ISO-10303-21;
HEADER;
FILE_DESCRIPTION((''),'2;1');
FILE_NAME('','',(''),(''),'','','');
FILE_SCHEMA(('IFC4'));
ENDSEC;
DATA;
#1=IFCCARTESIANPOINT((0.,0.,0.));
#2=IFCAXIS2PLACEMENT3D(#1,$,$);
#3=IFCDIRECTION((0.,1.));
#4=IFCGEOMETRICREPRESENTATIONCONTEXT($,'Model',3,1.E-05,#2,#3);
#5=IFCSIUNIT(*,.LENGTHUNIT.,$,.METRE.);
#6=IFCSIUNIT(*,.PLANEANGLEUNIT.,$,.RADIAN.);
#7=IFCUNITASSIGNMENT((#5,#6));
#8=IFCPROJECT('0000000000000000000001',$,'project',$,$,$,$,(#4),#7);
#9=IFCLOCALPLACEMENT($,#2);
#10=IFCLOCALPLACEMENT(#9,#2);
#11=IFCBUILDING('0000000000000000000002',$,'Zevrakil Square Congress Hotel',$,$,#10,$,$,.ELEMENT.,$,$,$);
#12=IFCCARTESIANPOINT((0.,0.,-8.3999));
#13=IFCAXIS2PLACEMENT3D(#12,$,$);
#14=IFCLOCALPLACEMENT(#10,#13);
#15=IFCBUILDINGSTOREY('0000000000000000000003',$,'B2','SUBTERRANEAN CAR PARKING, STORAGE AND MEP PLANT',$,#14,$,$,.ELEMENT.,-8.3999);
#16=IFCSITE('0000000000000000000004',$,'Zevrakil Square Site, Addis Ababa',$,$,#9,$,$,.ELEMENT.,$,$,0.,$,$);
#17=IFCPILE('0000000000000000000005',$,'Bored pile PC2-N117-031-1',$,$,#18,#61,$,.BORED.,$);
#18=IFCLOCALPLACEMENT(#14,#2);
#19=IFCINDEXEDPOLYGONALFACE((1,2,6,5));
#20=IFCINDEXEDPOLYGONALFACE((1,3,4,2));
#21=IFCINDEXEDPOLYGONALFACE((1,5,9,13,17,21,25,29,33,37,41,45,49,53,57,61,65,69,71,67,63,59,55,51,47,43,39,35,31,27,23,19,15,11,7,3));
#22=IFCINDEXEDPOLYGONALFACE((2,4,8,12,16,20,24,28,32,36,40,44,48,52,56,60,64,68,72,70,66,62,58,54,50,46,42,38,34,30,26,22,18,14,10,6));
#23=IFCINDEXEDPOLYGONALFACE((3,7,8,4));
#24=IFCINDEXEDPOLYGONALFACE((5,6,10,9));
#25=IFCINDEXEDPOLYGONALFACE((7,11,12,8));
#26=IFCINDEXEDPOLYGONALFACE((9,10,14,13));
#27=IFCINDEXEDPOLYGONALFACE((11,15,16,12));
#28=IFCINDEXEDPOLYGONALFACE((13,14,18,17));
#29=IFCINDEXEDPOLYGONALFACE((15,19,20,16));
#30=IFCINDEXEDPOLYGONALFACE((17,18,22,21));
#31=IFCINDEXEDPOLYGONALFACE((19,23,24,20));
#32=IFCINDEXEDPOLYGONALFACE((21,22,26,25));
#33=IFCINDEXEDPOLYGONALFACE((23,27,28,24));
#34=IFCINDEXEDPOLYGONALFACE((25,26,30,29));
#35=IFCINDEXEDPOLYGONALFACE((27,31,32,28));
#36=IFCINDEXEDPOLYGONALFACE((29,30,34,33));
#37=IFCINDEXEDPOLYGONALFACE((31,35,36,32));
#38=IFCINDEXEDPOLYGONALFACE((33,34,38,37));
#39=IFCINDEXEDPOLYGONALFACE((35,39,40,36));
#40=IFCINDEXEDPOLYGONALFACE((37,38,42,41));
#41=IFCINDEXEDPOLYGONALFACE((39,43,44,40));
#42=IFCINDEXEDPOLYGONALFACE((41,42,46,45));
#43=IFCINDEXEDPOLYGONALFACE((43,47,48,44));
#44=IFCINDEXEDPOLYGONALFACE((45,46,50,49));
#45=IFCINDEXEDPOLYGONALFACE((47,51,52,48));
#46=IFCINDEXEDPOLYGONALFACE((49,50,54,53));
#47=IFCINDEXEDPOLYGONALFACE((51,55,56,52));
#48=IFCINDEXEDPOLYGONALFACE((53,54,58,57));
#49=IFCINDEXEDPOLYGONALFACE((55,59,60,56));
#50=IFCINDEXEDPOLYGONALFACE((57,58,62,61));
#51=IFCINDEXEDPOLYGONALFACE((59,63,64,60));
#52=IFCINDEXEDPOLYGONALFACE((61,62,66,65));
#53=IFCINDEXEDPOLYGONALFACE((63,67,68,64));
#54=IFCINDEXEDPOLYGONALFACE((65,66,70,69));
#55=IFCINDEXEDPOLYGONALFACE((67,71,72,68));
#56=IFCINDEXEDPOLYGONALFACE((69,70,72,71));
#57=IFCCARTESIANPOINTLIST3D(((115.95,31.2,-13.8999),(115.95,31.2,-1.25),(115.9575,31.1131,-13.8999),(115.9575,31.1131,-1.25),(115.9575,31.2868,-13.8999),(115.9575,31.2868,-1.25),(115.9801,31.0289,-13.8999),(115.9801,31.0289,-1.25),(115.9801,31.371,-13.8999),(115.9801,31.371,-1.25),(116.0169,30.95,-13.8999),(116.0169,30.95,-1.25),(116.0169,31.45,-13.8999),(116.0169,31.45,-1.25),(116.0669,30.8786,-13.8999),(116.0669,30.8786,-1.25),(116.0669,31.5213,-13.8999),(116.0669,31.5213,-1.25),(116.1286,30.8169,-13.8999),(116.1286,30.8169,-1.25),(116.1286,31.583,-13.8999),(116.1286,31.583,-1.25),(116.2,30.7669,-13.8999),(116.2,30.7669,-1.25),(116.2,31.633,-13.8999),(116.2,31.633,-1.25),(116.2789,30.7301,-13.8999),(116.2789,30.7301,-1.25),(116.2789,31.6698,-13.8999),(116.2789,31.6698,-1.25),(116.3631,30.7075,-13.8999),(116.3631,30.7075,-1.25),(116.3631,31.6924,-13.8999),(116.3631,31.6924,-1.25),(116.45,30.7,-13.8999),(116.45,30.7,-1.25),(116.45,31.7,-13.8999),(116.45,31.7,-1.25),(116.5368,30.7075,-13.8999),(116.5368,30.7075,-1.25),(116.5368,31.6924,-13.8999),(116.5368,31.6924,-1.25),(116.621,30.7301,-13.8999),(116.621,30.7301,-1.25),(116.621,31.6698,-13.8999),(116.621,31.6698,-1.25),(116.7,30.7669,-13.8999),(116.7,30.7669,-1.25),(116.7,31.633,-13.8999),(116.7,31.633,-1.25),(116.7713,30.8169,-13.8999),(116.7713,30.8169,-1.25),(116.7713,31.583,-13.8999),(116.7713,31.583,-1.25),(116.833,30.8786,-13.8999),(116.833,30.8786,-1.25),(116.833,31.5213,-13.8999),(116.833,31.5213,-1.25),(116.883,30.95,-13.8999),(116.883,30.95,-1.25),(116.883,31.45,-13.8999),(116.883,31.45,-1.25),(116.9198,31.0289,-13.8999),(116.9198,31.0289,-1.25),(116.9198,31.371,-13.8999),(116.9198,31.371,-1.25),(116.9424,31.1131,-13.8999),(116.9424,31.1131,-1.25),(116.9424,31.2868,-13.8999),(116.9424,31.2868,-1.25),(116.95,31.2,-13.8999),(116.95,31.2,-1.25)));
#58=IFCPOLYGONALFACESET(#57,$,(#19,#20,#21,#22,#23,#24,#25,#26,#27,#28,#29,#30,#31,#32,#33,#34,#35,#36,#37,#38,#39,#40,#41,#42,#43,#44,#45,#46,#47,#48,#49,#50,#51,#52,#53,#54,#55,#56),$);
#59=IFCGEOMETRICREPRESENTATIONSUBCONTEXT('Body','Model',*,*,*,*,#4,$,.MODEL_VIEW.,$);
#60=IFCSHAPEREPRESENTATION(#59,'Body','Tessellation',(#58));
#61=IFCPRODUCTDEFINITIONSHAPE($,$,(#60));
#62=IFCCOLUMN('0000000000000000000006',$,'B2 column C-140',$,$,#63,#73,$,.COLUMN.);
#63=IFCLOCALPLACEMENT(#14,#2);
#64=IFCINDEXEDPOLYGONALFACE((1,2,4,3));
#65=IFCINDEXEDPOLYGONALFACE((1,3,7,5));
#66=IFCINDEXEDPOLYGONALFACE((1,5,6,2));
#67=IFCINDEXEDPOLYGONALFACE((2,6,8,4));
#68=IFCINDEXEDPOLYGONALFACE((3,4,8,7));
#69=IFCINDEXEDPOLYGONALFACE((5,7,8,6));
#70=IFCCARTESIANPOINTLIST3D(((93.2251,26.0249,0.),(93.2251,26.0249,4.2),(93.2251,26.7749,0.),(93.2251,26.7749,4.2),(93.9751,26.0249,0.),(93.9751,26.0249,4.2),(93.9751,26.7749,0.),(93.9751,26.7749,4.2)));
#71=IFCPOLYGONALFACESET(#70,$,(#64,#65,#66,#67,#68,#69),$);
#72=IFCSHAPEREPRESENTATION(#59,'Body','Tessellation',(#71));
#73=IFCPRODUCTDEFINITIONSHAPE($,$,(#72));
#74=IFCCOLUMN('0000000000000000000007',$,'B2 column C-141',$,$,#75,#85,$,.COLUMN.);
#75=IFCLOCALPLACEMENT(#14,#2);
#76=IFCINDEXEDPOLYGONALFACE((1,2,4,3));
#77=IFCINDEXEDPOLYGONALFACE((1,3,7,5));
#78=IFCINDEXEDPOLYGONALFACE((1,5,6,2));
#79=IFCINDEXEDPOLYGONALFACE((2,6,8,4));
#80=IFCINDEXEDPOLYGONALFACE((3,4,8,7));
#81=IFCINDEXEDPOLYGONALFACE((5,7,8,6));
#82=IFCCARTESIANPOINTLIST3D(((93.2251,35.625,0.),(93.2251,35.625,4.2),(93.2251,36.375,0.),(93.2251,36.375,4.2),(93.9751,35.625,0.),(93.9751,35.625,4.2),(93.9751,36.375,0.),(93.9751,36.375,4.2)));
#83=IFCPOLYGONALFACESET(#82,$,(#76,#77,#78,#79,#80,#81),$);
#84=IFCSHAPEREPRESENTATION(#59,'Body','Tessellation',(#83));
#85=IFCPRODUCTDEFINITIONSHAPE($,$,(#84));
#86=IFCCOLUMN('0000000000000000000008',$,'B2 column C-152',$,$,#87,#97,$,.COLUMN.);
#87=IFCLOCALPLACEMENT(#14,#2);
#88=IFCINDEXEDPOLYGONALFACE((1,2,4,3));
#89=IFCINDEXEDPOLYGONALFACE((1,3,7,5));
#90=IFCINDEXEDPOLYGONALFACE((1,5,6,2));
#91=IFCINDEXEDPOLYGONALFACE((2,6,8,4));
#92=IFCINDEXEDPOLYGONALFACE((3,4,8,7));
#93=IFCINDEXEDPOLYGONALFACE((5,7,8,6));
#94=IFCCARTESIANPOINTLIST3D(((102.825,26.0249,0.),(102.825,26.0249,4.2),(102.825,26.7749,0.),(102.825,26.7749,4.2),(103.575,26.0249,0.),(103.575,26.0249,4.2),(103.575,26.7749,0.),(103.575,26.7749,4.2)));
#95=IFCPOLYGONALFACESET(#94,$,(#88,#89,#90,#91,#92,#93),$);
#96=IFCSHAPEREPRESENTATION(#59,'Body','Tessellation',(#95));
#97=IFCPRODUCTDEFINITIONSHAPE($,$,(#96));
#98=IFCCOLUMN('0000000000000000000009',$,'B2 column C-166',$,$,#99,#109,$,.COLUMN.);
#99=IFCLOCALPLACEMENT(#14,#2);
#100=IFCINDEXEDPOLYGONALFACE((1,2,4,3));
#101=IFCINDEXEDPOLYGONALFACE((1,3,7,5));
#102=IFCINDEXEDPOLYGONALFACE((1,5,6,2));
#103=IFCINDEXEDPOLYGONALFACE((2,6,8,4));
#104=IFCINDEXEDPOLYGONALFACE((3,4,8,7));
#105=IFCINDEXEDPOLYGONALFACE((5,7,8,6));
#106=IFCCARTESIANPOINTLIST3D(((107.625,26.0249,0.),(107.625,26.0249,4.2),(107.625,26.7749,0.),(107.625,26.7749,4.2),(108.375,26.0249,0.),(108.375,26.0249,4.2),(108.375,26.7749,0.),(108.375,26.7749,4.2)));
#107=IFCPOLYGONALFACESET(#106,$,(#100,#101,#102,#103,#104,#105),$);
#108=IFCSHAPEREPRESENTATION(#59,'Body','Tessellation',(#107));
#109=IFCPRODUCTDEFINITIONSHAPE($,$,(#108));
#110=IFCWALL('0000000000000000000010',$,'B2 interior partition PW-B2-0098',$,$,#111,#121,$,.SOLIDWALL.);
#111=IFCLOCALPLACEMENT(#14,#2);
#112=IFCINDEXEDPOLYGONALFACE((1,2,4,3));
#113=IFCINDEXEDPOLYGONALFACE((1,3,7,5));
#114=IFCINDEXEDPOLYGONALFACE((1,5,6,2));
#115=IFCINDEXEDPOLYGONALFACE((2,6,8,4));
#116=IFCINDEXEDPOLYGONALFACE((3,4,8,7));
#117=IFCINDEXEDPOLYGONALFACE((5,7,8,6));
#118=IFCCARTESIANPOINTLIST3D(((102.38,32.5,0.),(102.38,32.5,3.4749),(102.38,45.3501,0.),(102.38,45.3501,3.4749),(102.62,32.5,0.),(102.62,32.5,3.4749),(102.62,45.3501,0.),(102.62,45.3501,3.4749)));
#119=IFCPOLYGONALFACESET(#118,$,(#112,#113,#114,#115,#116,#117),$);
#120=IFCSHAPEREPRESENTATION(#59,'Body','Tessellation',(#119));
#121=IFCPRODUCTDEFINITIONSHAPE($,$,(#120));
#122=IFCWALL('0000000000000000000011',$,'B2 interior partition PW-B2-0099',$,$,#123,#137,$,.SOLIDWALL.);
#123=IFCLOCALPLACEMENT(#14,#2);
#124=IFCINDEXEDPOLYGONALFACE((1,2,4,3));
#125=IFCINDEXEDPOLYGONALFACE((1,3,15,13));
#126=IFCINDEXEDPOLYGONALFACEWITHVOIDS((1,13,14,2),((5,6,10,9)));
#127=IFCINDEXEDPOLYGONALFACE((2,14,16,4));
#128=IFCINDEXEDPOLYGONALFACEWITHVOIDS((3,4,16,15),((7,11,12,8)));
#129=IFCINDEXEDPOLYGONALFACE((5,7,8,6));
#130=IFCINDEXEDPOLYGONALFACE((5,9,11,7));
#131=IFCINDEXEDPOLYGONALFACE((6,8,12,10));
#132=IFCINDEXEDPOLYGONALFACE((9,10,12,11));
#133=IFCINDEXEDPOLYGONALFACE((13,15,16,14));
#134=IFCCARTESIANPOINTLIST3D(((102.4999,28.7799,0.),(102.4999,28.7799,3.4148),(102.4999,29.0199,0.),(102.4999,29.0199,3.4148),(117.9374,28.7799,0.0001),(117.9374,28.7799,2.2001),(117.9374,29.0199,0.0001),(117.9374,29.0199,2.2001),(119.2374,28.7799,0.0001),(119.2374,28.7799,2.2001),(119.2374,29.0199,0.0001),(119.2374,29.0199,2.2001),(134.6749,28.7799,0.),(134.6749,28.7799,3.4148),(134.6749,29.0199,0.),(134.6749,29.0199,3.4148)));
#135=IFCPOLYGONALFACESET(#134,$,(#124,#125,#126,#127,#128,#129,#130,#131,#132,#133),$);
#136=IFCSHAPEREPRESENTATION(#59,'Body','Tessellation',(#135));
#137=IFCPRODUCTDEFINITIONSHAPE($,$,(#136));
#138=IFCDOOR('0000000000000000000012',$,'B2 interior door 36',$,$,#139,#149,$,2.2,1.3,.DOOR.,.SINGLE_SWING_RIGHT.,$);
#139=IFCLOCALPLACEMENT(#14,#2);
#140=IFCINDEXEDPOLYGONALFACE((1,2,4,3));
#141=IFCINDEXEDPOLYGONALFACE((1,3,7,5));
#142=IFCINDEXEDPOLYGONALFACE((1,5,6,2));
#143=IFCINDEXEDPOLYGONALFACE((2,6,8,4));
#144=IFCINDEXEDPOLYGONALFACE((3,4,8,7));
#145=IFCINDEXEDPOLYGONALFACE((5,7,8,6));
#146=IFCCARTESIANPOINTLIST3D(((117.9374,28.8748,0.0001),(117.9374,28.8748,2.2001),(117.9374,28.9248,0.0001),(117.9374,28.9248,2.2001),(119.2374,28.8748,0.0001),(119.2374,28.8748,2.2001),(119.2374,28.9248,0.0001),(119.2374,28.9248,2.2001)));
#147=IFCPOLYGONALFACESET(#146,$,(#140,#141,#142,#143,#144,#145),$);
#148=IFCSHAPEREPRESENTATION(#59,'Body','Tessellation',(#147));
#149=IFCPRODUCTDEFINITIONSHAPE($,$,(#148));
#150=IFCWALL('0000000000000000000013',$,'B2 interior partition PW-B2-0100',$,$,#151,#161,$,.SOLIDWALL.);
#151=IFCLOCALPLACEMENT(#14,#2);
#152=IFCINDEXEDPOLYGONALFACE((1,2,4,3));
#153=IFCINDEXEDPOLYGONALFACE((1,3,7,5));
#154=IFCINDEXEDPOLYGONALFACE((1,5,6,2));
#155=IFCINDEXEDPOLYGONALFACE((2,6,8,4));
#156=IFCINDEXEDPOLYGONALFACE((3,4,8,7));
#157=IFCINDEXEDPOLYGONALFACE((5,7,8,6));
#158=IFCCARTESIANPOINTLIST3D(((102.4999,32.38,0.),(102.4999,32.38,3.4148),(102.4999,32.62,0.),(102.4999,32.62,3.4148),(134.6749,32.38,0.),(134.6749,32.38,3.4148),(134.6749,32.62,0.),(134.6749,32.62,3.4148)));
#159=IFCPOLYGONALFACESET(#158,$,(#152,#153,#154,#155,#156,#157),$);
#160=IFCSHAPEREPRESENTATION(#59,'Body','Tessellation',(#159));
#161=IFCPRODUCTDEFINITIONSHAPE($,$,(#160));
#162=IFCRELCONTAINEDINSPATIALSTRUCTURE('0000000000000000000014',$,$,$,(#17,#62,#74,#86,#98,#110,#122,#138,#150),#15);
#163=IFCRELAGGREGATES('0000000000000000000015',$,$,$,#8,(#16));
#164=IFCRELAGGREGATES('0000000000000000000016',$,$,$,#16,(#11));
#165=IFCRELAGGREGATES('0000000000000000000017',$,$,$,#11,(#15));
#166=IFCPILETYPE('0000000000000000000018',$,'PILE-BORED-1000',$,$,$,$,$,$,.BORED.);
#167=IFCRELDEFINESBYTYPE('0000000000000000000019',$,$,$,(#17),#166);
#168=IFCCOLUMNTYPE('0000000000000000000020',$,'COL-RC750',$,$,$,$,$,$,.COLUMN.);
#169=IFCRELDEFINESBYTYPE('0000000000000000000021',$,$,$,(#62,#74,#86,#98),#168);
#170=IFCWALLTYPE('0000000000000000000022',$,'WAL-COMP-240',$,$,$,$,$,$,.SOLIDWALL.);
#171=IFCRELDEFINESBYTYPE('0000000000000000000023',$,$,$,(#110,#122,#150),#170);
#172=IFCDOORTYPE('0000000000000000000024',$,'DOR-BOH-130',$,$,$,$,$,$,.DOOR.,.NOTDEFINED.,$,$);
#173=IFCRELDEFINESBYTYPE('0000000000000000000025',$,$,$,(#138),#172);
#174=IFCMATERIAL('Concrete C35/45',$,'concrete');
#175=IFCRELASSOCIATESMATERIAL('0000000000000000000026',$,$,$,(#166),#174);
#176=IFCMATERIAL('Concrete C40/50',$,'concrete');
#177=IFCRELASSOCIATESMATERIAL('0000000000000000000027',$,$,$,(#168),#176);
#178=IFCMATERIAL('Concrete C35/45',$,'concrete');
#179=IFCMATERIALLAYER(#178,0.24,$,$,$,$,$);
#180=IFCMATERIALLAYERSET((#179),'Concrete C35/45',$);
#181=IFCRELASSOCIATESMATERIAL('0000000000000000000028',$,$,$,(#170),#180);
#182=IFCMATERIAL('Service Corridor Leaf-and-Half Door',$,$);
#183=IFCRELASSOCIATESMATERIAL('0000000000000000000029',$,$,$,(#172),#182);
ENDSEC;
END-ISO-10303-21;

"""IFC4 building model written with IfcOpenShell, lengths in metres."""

from ifc_helpers import new_model, si_unit, direction, frame, frame_2d, origin, origin_2d, place, context, subcontext, project, spatial, rectangle, circle, extrude, material, layer, layer_set, material_profile, profile_set, type_object, element, fill, save


model = new_model("IFC4")

# Units and contexts
model_context = context("Model", 3, precision=1e-05, world=origin(), true_north=direction((0.0, 1.0)))
body_context = subcontext(model_context, "Body", "Model", "MODEL_VIEW")
ifc_project = project(units=[si_unit("LENGTHUNIT", "METRE"), si_unit("PLANEANGLEUNIT", "RADIAN")], contexts=[model_context])

# Site, building, storey
site_placement = place(None, origin())
site = spatial("IfcSite", under=ifc_project, at=site_placement, Name="Zevrakil Square Site, Addis Ababa", CompositionType="ELEMENT", RefElevation=0.0)
building_placement = place(site_placement, origin())
building = spatial("IfcBuilding", under=site, at=building_placement, Name="Zevrakil Square Congress Hotel", CompositionType="ELEMENT")
storey_placement = place(building_placement, frame((0.0, 0.0, -8.3999)))
storey = spatial("IfcBuildingStorey", under=building, at=storey_placement, Name="B2", Description="SUBTERRANEAN CAR PARKING, STORAGE AND MEP PLANT", CompositionType="ELEMENT", Elevation=-8.3999)

# Pile
ifc_material_1 = material(Name="Concrete C35/45", Category="concrete")
ifc_material_profile_1 = material_profile(ifc_material_1, circle(Radius=0.5, at=origin_2d()), Name="PILE D1000")
ifc_profile_set_1 = profile_set([ifc_material_profile_1], Name="Concrete C35/45")
pile_type = type_object("IfcPileType", Name="PILE-BORED-1000", PredefinedType="BORED", material=ifc_profile_set_1)
pile_1_placement = place(storey_placement, frame((116.45, 31.2, -1.25), z_axis=(0.0, 0.0, -1.0), x_axis=(1.0, 0.0, 0.0)))
element("IfcPile", 1, at=pile_1_placement, inside=storey, type_object=pile_type, Name="Bored pile PC2-N117-031-1", PredefinedType="BORED", context=body_context, shape_type="SweptSolid", body=[
    extrude(circle(Radius=0.5, at=origin_2d()), origin(), (0.0, 0.0, 1.0), 12.6499),
])

# Columns
ifc_material_2 = material(Name="Concrete C40/50", Category="concrete")
ifc_material_profile_2 = material_profile(ifc_material_2, rectangle(XDim=0.75, YDim=0.75, at=origin_2d()), Name="RC 750x750")
ifc_profile_set_2 = profile_set([ifc_material_profile_2], Name="Concrete C40/50")
column_type = type_object("IfcColumnType", Name="COL-RC750", PredefinedType="COLUMN", material=ifc_profile_set_2)
for number, where, z_axis, x_axis, name in (
    (2, (93.6001, 26.3999, 0.0), (0.0, 0.0, 1.0), (1.0, 0.0, 0.0), "B2 column C-140"),
    (3, (93.6001, 36.0, 0.0), (0.0, 0.0, 1.0), (1.0, 0.0, 0.0), "B2 column C-141"),
    (4, (103.2, 26.3999, 0.0), (0.0, 0.0, 1.0), (1.0, 0.0, 0.0), "B2 column C-152"),
    (5, (108.0, 26.3999, 0.0), (0.0, 0.0, 1.0), (1.0, 0.0, 0.0), "B2 column C-166"),
):
    element("IfcColumn", number, at=place(storey_placement, frame(where, z_axis=z_axis, x_axis=x_axis)), inside=storey, type_object=column_type, Name=name, PredefinedType="COLUMN", context=body_context, shape_type="SweptSolid", body=[
        extrude(rectangle(XDim=0.75, YDim=0.75, at=origin_2d()), origin(), (0.0, 0.0, 1.0), 4.2),
    ])

# Wall
ifc_material_3 = material(Name="Concrete C35/45", Category="concrete")
ifc_layer = layer(ifc_material_3, 0.24)
ifc_layer_set = layer_set([ifc_layer], Name="Concrete C35/45")
wall_type = type_object("IfcWallType", Name="WAL-COMP-240", PredefinedType="SOLIDWALL", material=ifc_layer_set)
wall_1_placement = place(storey_placement, frame((102.5, 32.5, 0.0), z_axis=(0.0, 0.0, 1.0), x_axis=(0.0, 1.0, 0.0)))
element("IfcWall", 6, at=wall_1_placement, inside=storey, type_object=wall_type, Name="B2 interior partition PW-B2-0098", PredefinedType="SOLIDWALL", context=body_context, shape_type="SweptSolid", body=[
    extrude(rectangle(XDim=12.8501, YDim=0.24, at=frame_2d((6.425, 0.0))), origin(), (0.0, 0.0, 1.0), 3.4749),
])

# Wall, opening, door
wall_2_placement = place(storey_placement, frame((102.5, 28.8999, 0.0), z_axis=(0.0, 0.0, 1.0), x_axis=(1.0, 0.0, 0.0)))
wall_2 = element("IfcWall", 7, at=wall_2_placement, inside=storey, type_object=wall_type, Name="B2 interior partition PW-B2-0099", PredefinedType="SOLIDWALL", context=body_context, shape_type="SweptSolid", body=[
    extrude(rectangle(XDim=32.175, YDim=0.24, at=frame_2d((16.0874, 0.0))), origin(), (0.0, 0.0, 1.0), 3.4148),
])
opening_placement = place(wall_2_placement, frame((15.4375, 0.0, 0.0)))
opening = element("IfcOpeningElement", 8, at=opening_placement, cuts=wall_2, PredefinedType="OPENING", context=body_context, shape_type="SweptSolid", body=[
    extrude(rectangle(XDim=1.3, YDim=2.2, at=frame_2d((0.6499, 1.1001))), frame((0.0, 0.1299, 0.0), z_axis=(0.0, -1.0, 0.0), x_axis=(1.0, 0.0, 0.0)), (0.0, 0.0, 1.0), 0.26),
])
ifc_material_4 = material(Name="Service Corridor Leaf-and-Half Door")
door_type = type_object("IfcDoorType", Name="DOR-BOH-130", OperationType="NOTDEFINED", PredefinedType="DOOR", material=ifc_material_4)
door_placement = place(opening_placement, origin())
door = element("IfcDoor", 9, at=door_placement, inside=storey, type_object=door_type, Name="B2 interior door 36", OperationType="SINGLE_SWING_RIGHT", OverallHeight=2.2, OverallWidth=1.3, PredefinedType="DOOR", context=body_context, shape_type="SweptSolid", body=[
    extrude(rectangle(XDim=1.3, YDim=2.2, at=frame_2d((0.6499, 1.1001))), frame((0.0, 0.0249, 0.0), z_axis=(0.0, -1.0, 0.0), x_axis=(1.0, 0.0, 0.0)), (0.0, 0.0, 1.0), 0.05),
])
fill(opening, door)

# Wall
wall_3_placement = place(storey_placement, frame((102.5, 32.5, 0.0), z_axis=(0.0, 0.0, 1.0), x_axis=(1.0, 0.0, 0.0)))
element("IfcWall", 10, at=wall_3_placement, inside=storey, type_object=wall_type, Name="B2 interior partition PW-B2-0100", PredefinedType="SOLIDWALL", context=body_context, shape_type="SweptSolid", body=[
    extrude(rectangle(XDim=32.175, YDim=0.24, at=frame_2d((16.0874, 0.0))), origin(), (0.0, 0.0, 1.0), 3.4148),
])

save(model, "model.ifc")
